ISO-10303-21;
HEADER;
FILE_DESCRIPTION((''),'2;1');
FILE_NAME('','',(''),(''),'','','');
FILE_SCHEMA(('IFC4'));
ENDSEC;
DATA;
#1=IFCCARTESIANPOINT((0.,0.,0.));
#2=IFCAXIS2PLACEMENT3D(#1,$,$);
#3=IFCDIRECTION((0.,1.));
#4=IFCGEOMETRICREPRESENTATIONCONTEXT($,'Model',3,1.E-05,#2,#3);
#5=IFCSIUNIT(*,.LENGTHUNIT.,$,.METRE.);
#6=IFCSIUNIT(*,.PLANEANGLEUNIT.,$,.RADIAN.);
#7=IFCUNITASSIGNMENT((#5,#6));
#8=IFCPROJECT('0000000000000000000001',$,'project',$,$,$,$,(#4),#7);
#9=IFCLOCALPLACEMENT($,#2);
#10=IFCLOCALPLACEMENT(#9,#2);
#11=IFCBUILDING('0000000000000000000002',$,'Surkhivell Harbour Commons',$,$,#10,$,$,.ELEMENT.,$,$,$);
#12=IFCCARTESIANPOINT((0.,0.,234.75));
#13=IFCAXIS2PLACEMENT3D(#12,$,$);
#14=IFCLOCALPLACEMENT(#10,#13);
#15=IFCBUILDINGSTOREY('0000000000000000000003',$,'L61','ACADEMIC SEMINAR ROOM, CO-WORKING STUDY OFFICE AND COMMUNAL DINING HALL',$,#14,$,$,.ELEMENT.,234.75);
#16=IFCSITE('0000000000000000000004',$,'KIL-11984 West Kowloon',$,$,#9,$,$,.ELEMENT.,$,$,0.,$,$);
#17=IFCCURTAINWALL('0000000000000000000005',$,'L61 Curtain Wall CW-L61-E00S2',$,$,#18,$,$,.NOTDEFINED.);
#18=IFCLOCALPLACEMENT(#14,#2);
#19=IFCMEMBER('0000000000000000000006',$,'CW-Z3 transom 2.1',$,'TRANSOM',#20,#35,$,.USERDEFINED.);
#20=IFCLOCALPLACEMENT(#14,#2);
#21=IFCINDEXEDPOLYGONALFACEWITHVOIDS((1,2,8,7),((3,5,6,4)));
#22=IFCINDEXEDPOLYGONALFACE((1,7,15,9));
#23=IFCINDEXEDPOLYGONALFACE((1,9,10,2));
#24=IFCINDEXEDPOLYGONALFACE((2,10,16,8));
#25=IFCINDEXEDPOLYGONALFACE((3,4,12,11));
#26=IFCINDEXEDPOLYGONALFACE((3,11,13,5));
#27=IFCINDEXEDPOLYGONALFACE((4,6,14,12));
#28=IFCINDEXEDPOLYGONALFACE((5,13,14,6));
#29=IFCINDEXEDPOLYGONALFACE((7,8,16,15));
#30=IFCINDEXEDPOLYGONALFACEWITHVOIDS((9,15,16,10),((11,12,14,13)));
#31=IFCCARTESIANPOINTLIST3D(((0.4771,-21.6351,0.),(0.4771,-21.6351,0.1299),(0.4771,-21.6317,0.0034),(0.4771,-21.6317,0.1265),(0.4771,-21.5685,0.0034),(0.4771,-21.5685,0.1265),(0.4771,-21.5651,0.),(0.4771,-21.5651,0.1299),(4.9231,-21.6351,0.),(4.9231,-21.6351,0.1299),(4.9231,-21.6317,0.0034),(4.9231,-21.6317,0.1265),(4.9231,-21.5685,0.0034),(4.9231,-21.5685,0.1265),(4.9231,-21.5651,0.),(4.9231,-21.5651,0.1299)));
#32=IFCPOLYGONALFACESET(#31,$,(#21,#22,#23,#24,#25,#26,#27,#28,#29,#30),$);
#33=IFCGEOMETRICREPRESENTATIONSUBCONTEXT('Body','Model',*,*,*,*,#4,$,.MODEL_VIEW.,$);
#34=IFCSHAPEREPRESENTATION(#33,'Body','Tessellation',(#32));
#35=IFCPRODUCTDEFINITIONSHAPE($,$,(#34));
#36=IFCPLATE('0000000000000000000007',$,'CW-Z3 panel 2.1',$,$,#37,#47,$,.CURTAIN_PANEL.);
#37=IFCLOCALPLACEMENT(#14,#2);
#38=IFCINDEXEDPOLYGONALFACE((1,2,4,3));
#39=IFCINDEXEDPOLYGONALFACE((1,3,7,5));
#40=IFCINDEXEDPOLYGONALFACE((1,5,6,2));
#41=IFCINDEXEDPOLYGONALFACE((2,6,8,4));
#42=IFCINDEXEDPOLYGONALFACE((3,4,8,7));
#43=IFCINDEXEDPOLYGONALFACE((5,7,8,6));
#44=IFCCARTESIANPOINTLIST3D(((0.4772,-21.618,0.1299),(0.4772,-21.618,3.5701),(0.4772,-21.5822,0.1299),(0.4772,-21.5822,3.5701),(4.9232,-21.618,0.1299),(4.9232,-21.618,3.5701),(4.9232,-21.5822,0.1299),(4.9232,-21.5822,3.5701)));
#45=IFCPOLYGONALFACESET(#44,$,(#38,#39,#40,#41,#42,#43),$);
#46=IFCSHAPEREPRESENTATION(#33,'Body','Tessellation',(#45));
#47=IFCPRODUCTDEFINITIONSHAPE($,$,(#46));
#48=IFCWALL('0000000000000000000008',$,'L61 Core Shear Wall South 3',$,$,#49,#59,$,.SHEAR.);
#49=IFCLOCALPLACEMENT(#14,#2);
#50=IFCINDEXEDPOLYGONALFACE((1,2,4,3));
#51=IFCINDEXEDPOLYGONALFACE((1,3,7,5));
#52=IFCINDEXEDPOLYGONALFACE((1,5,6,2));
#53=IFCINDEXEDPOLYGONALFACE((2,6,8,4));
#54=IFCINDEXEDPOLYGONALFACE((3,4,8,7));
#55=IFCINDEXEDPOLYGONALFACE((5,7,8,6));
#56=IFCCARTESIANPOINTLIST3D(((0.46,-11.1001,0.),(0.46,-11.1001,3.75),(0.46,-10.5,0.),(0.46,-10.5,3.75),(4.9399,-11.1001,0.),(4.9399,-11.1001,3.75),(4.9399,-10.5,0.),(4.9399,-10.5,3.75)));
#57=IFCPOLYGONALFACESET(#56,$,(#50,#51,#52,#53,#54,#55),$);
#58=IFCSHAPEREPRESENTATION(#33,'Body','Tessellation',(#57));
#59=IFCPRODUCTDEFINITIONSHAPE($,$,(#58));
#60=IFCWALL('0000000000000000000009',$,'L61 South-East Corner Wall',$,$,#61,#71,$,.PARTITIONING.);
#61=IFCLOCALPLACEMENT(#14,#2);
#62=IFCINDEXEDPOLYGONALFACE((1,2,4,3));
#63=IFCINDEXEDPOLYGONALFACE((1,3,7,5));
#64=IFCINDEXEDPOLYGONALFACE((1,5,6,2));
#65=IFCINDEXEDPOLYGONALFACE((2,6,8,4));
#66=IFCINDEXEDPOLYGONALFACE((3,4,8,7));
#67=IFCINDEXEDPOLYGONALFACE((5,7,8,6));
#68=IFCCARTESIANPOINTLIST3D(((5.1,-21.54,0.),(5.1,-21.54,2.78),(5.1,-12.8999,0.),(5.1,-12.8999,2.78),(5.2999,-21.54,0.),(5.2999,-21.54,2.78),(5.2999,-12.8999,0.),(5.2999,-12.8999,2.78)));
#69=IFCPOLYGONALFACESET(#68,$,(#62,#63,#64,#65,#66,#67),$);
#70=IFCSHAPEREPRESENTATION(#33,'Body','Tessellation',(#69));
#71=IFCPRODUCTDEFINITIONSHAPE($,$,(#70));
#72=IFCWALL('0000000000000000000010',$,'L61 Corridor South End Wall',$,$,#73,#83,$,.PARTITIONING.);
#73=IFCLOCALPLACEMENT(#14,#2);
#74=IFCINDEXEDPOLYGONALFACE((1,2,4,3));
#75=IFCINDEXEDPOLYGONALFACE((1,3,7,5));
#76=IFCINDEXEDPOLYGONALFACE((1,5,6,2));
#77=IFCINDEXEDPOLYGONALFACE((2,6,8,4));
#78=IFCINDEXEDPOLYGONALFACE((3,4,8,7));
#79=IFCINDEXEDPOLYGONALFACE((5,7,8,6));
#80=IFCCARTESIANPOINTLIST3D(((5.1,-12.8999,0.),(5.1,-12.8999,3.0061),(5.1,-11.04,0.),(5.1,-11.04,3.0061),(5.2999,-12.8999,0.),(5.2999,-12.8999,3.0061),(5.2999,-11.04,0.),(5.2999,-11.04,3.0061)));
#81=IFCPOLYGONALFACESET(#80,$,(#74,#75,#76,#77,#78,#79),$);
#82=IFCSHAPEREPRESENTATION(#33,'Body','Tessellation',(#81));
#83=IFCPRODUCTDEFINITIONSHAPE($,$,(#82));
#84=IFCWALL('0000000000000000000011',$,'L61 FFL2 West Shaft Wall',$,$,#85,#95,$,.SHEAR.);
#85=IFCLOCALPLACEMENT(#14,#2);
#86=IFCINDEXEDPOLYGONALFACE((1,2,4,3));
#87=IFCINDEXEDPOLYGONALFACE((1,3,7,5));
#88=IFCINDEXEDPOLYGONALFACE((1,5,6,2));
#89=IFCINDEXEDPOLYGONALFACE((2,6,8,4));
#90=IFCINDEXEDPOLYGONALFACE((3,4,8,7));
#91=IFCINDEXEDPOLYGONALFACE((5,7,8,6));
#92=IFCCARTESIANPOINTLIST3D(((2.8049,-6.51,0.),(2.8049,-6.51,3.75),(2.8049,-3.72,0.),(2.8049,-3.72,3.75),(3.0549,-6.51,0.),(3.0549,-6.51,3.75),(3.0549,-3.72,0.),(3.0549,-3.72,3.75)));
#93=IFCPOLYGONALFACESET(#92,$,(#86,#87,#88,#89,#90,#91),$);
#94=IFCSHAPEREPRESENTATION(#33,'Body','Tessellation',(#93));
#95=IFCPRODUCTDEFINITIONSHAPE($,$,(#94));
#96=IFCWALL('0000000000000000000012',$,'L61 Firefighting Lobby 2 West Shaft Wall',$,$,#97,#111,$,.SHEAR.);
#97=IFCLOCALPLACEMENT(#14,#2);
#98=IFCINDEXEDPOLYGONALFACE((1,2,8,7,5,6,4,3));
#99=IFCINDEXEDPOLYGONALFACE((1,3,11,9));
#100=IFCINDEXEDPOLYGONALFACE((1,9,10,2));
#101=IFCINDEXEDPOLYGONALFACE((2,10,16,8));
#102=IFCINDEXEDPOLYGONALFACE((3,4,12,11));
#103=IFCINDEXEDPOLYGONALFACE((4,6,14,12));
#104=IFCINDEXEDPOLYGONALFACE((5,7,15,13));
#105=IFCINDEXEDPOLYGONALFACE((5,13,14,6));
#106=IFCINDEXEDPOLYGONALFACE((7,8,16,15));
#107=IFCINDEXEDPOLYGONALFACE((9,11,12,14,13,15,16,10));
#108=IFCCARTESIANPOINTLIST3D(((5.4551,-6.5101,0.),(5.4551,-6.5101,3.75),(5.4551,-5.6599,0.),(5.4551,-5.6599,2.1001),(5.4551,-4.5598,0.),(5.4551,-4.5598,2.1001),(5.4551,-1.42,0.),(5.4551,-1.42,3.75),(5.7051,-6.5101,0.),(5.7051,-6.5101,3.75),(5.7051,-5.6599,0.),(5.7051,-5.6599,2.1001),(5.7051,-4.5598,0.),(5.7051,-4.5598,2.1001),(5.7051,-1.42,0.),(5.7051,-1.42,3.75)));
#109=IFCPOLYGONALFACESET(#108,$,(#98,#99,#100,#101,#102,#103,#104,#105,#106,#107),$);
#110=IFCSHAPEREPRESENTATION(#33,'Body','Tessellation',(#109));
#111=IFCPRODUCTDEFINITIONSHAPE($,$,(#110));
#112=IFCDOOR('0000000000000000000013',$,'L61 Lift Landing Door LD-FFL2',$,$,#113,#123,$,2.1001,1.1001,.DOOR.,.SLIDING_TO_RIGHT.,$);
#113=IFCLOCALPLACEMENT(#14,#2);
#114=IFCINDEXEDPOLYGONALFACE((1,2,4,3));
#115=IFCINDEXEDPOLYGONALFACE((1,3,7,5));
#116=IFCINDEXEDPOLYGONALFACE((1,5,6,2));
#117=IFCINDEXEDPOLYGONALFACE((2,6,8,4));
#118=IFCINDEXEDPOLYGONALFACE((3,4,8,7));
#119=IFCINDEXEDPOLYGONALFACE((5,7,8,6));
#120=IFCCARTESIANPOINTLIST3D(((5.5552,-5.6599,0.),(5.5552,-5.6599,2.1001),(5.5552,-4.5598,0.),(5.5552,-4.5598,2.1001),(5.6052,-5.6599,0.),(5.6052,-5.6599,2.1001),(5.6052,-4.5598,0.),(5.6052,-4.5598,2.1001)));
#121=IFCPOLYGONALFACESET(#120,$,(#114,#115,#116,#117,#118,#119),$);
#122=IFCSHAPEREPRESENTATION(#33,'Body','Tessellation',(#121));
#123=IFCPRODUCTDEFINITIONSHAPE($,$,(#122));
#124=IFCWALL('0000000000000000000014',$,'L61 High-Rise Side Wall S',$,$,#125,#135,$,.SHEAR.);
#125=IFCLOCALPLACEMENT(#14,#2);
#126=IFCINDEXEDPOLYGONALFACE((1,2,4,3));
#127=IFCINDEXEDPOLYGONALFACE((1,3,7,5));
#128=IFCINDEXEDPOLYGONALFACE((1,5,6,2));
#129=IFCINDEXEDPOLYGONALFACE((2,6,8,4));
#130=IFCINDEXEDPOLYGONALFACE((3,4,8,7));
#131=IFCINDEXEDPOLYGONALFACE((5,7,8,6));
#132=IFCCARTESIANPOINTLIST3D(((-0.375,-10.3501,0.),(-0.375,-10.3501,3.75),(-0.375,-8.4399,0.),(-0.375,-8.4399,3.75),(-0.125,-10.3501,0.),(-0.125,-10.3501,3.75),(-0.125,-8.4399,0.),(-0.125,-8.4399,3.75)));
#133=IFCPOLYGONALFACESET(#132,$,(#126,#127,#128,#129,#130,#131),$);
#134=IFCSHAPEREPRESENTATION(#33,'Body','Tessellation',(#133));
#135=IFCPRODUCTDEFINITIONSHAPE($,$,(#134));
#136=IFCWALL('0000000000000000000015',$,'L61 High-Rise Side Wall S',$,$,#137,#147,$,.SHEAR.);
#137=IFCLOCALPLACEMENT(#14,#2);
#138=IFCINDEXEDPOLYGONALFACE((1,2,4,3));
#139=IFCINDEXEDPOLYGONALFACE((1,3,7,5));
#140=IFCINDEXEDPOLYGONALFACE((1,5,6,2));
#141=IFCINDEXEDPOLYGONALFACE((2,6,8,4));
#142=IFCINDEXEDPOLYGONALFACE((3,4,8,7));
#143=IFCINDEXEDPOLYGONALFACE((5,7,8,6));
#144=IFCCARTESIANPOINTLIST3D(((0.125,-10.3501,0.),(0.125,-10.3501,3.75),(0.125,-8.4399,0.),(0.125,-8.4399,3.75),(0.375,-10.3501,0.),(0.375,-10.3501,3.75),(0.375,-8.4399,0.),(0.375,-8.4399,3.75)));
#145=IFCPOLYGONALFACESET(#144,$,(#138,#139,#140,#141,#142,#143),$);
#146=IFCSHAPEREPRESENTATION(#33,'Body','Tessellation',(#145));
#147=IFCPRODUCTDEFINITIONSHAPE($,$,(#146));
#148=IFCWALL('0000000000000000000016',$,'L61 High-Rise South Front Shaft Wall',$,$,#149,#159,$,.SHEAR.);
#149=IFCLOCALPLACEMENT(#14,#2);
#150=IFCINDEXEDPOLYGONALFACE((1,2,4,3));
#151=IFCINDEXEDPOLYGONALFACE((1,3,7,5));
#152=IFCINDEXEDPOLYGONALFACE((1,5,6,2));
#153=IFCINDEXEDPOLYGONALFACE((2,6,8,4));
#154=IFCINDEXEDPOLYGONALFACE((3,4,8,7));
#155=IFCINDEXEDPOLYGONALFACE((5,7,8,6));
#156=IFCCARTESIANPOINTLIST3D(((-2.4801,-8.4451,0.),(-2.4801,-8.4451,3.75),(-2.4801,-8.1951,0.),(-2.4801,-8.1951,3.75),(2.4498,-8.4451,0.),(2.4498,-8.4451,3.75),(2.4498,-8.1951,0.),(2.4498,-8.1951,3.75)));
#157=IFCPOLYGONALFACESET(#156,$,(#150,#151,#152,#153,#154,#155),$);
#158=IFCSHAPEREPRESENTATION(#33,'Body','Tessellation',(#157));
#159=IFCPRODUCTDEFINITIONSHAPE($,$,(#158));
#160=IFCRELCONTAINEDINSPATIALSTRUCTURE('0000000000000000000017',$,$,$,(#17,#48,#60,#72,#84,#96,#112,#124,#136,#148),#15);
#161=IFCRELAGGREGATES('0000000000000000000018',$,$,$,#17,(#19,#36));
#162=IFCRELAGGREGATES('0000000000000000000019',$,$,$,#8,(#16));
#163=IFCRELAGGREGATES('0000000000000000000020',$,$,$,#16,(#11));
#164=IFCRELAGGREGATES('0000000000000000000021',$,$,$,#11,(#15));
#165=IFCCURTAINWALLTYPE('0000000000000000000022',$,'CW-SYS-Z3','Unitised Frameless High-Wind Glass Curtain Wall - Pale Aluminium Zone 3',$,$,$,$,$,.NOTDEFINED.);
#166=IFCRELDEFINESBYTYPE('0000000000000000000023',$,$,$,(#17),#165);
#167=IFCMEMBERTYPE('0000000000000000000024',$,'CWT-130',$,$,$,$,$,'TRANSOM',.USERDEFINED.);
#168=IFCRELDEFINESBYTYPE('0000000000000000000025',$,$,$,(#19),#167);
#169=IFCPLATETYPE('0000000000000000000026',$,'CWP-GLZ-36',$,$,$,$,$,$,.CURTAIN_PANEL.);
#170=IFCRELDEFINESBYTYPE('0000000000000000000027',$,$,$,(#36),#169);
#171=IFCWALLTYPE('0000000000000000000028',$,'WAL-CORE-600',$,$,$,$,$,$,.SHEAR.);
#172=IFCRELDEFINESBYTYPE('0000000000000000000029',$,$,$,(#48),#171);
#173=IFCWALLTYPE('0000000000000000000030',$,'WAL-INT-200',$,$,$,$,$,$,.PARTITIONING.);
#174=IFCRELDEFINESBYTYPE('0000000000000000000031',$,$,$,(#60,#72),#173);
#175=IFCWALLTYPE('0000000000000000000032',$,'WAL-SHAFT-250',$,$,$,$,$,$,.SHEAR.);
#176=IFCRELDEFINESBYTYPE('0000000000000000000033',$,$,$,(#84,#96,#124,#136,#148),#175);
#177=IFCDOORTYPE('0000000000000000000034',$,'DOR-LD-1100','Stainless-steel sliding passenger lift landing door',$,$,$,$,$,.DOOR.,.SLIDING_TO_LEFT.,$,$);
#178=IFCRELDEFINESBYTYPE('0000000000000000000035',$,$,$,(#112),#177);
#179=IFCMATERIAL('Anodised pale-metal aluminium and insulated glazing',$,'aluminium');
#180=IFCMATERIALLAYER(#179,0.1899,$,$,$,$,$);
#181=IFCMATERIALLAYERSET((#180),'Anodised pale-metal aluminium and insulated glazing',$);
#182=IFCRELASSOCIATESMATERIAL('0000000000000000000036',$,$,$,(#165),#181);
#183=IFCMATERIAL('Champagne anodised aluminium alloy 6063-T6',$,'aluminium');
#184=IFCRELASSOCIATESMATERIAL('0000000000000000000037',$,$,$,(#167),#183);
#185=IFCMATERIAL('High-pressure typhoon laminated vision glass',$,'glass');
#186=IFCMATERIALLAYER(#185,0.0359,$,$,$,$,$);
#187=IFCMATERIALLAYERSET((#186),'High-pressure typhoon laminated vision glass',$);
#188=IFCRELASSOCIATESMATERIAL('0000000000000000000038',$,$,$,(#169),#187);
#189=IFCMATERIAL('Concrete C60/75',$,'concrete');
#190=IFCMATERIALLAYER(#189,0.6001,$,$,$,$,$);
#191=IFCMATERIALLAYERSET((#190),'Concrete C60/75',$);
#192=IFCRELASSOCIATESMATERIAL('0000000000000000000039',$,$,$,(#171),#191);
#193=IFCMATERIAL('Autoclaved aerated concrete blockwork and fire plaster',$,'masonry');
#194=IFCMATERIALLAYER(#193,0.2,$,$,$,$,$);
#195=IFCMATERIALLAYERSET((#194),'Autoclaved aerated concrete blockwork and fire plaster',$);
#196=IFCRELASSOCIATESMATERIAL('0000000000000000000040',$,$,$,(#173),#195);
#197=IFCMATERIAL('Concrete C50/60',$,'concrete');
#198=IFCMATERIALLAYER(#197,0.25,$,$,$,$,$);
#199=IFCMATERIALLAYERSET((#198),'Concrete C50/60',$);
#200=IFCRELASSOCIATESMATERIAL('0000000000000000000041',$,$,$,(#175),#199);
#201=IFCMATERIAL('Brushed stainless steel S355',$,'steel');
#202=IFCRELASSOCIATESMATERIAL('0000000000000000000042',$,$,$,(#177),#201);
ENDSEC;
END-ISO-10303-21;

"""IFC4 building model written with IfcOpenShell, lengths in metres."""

from ifc_helpers import new_model, si_unit, direction, frame, frame_2d, origin, origin_2d, place, context, subcontext, project, spatial, rectangle, hollow_rectangle, extrude, material, layer, layer_set, material_profile, profile_set, type_object, element, fill, aggregate, save


model = new_model("IFC4")

# Units and contexts
model_context = context("Model", 3, precision=1e-05, world=origin(), true_north=direction((0.0, 1.0)))
body_context = subcontext(model_context, "Body", "Model", "MODEL_VIEW")
ifc_project = project(units=[si_unit("LENGTHUNIT", "METRE"), si_unit("PLANEANGLEUNIT", "RADIAN")], contexts=[model_context])

# Site, building, storey
site_placement = place(None, origin())
site = spatial("IfcSite", under=ifc_project, at=site_placement, Name="KIL-11984 West Kowloon", CompositionType="ELEMENT", RefElevation=0.0)
building_placement = place(site_placement, origin())
building = spatial("IfcBuilding", under=site, at=building_placement, Name="Surkhivell Harbour Commons", CompositionType="ELEMENT")
storey_placement = place(building_placement, frame((0.0, 0.0, 234.75)))
storey = spatial("IfcBuildingStorey", under=building, at=storey_placement, Name="L61", Description="ACADEMIC SEMINAR ROOM, CO-WORKING STUDY OFFICE AND COMMUNAL DINING HALL", CompositionType="ELEMENT", Elevation=234.75)

# Shared definitions
ifc_material_1 = material(Name="Concrete C60/75", Category="concrete")
ifc_material_2 = material(Name="Concrete C50/60", Category="concrete")

# Curtain wall, member, plate
ifc_material_3 = material(Name="Anodised pale-metal aluminium and insulated glazing", Category="aluminium")
ifc_layer_1 = layer(ifc_material_3, 0.1899)
ifc_layer_set_1 = layer_set([ifc_layer_1], Name="Anodised pale-metal aluminium and insulated glazing")
curtain_wall_type = type_object("IfcCurtainWallType", Name="CW-SYS-Z3", Description="Unitised Frameless High-Wind Glass Curtain Wall - Pale Aluminium Zone 3", PredefinedType="NOTDEFINED", material=ifc_layer_set_1)
curtain_wall_placement = place(storey_placement, origin())
curtain_wall = element("IfcCurtainWall", 1, at=curtain_wall_placement, inside=storey, type_object=curtain_wall_type, Name="L61 Curtain Wall CW-L61-E00S2", PredefinedType="NOTDEFINED")
ifc_material_4 = material(Name="Champagne anodised aluminium alloy 6063-T6", Category="aluminium")
ifc_material_profile_1 = material_profile(ifc_material_4, hollow_rectangle(XDim=0.0701, YDim=0.1299, WallThickness=0.0034, at=origin_2d()), Name="ALU-TRAN-70x130")
ifc_profile_set_1 = profile_set([ifc_material_profile_1], Name="Champagne anodised aluminium alloy 6063-T6")
member_type_1 = type_object("IfcMemberType", Name="CWT-130", ElementType="TRANSOM", PredefinedType="USERDEFINED", material=ifc_profile_set_1)
member_1_placement = place(storey_placement, frame((0.4771, -21.6001, 0.0649), z_axis=(1.0, 0.0, 0.0), x_axis=(0.0, 1.0, 0.0)))
member_1 = element("IfcMember", 2, at=member_1_placement, type_object=member_type_1, Name="CW-Z3 transom 2.1", ObjectType="TRANSOM", PredefinedType="USERDEFINED", context=body_context, shape_type="SweptSolid", body=[
    extrude(hollow_rectangle(XDim=0.0701, YDim=0.1299, WallThickness=0.0034, at=origin_2d()), origin(), (0.0, 0.0, 1.0), 4.446),
])
ifc_material_5 = material(Name="High-pressure typhoon laminated vision glass", Category="glass")
ifc_layer_2 = layer(ifc_material_5, 0.0359)
ifc_layer_set_2 = layer_set([ifc_layer_2], Name="High-pressure typhoon laminated vision glass")
plate_type = type_object("IfcPlateType", Name="CWP-GLZ-36", PredefinedType="CURTAIN_PANEL", material=ifc_layer_set_2)
plate_placement = place(storey_placement, frame((0.4771, -21.6001, 0.1299), z_axis=(0.0, 0.0, 1.0), x_axis=(1.0, 0.0, 0.0)))
plate = element("IfcPlate", 3, at=plate_placement, type_object=plate_type, Name="CW-Z3 panel 2.1", PredefinedType="CURTAIN_PANEL", context=body_context, shape_type="SweptSolid", body=[
    extrude(rectangle(XDim=4.446, YDim=0.0359, at=frame_2d((2.2231, 0.0))), origin(), (0.0, 0.0, 1.0), 3.4402),
])
aggregate(curtain_wall, [member_1, plate])

# Walls
ifc_layer_3 = layer(ifc_material_1, 0.6001)
ifc_layer_set_3 = layer_set([ifc_layer_3], Name="Concrete C60/75")
wall_type_1 = type_object("IfcWallType", Name="WAL-CORE-600", PredefinedType="SHEAR", material=ifc_layer_set_3)
wall_1_placement = place(storey_placement, frame((0.46, -10.8, 0.0), z_axis=(0.0, 0.0, 1.0), x_axis=(1.0, 0.0, 0.0)))
element("IfcWall", 4, at=wall_1_placement, inside=storey, type_object=wall_type_1, Name="L61 Core Shear Wall South 3", PredefinedType="SHEAR", context=body_context, shape_type="SweptSolid", body=[
    extrude(rectangle(XDim=4.48, YDim=0.6001, at=frame_2d((2.24, 0.0))), origin(), (0.0, 0.0, 1.0), 3.75),
])
ifc_material_6 = material(Name="Autoclaved aerated concrete blockwork and fire plaster", Category="masonry")
ifc_layer_4 = layer(ifc_material_6, 0.2)
ifc_layer_set_4 = layer_set([ifc_layer_4], Name="Autoclaved aerated concrete blockwork and fire plaster")
wall_type_2 = type_object("IfcWallType", Name="WAL-INT-200", PredefinedType="PARTITIONING", material=ifc_layer_set_4)
wall_2_placement = place(storey_placement, frame((5.2, -21.54, 0.0), z_axis=(0.0, 0.0, 1.0), x_axis=(0.0, 1.0, 0.0)))
element("IfcWall", 5, at=wall_2_placement, inside=storey, type_object=wall_type_2, Name="L61 South-East Corner Wall", PredefinedType="PARTITIONING", context=body_context, shape_type="SweptSolid", body=[
    extrude(rectangle(XDim=8.6401, YDim=0.2, at=frame_2d((4.3201, 0.0))), origin(), (0.0, 0.0, 1.0), 2.78),
])
wall_3_placement = place(storey_placement, frame((5.2, -12.8999, 0.0), z_axis=(0.0, 0.0, 1.0), x_axis=(0.0, 1.0, 0.0)))
element("IfcWall", 6, at=wall_3_placement, inside=storey, type_object=wall_type_2, Name="L61 Corridor South End Wall", PredefinedType="PARTITIONING", context=body_context, shape_type="SweptSolid", body=[
    extrude(rectangle(XDim=1.8599, YDim=0.2, at=frame_2d((0.9299, 0.0))), origin(), (0.0, 0.0, 1.0), 3.0061),
])
ifc_layer_5 = layer(ifc_material_2, 0.25)
ifc_layer_set_5 = layer_set([ifc_layer_5], Name="Concrete C50/60")
wall_type_3 = type_object("IfcWallType", Name="WAL-SHAFT-250", PredefinedType="SHEAR", material=ifc_layer_set_5)
wall_4_placement = place(storey_placement, frame((2.9299, -6.51, 0.0), z_axis=(0.0, 0.0, 1.0), x_axis=(0.0, 1.0, 0.0)))
element("IfcWall", 7, at=wall_4_placement, inside=storey, type_object=wall_type_3, Name="L61 FFL2 West Shaft Wall", PredefinedType="SHEAR", context=body_context, shape_type="SweptSolid", body=[
    extrude(rectangle(XDim=2.79, YDim=0.25, at=frame_2d((1.395, 0.0))), origin(), (0.0, 0.0, 1.0), 3.75),
])

# Wall, opening, door
wall_5_placement = place(storey_placement, frame((5.5801, -6.51, 0.0), z_axis=(0.0, 0.0, 1.0), x_axis=(0.0, 1.0, 0.0)))
wall_5 = element("IfcWall", 8, at=wall_5_placement, inside=storey, type_object=wall_type_3, Name="L61 Firefighting Lobby 2 West Shaft Wall", PredefinedType="SHEAR", context=body_context, shape_type="SweptSolid", body=[
    extrude(rectangle(XDim=5.0901, YDim=0.25, at=frame_2d((2.5449, 0.0))), origin(), (0.0, 0.0, 1.0), 3.75),
])
opening_1_placement = place(wall_5_placement, frame((0.8501, 0.0, 0.0)))
opening_1 = element("IfcOpeningElement", 9, at=opening_1_placement, cuts=wall_5, PredefinedType="OPENING", context=body_context, shape_type="SweptSolid", body=[
    extrude(rectangle(XDim=1.1001, YDim=2.1001, at=frame_2d((0.55, 1.05))), frame((0.0, 0.135, 0.0), z_axis=(0.0, -1.0, 0.0), x_axis=(1.0, 0.0, 0.0)), (0.0, 0.0, 1.0), 0.27),
])
ifc_material_7 = material(Name="Brushed stainless steel S355", Category="steel")
door_type_1 = type_object("IfcDoorType", Name="DOR-LD-1100", Description="Stainless-steel sliding passenger lift landing door", OperationType="SLIDING_TO_LEFT", PredefinedType="DOOR", material=ifc_material_7)
door_1_placement = place(opening_1_placement, origin())
door_1 = element("IfcDoor", 10, at=door_1_placement, inside=storey, type_object=door_type_1, Name="L61 Lift Landing Door LD-FFL2", OperationType="SLIDING_TO_RIGHT", OverallHeight=2.1001, OverallWidth=1.1001, PredefinedType="DOOR", context=body_context, shape_type="SweptSolid", body=[
    extrude(rectangle(XDim=1.1001, YDim=2.1001, at=frame_2d((0.55, 1.05))), frame((0.0, 0.0249, 0.0), z_axis=(0.0, -1.0, 0.0), x_axis=(1.0, 0.0, 0.0)), (0.0, 0.0, 1.0), 0.05),
])
fill(opening_1, door_1)

# Walls
for number, where, z_axis, x_axis, name in (
    (11, (-0.25, -10.3501, 0.0), (0.0, 0.0, 1.0), (0.0, 1.0, 0.0), "L61 High-Rise Side Wall S"),
    (12, (0.25, -10.3501, 0.0), (0.0, 0.0, 1.0), (0.0, 1.0, 0.0), "L61 High-Rise Side Wall S"),
):
    element("IfcWall", number, at=place(storey_placement, frame(where, z_axis=z_axis, x_axis=x_axis)), inside=storey, type_object=wall_type_3, Name=name, PredefinedType="SHEAR", context=body_context, shape_type="SweptSolid", body=[
        extrude(rectangle(XDim=1.9102, YDim=0.25, at=frame_2d((0.9551, 0.0))), origin(), (0.0, 0.0, 1.0), 3.75),
    ])
wall_6_placement = place(storey_placement, frame((-2.48, -8.3201, 0.0), z_axis=(0.0, 0.0, 1.0), x_axis=(1.0, 0.0, 0.0)))
element("IfcWall", 13, at=wall_6_placement, inside=storey, type_object=wall_type_3, Name="L61 High-Rise South Front Shaft Wall", PredefinedType="SHEAR", context=body_context, shape_type="SweptSolid", body=[
    extrude(rectangle(XDim=4.9299, YDim=0.25, at=frame_2d((2.4648, 0.0))), origin(), (0.0, 0.0, 1.0), 3.75),
])

save(model, "model.ifc")
